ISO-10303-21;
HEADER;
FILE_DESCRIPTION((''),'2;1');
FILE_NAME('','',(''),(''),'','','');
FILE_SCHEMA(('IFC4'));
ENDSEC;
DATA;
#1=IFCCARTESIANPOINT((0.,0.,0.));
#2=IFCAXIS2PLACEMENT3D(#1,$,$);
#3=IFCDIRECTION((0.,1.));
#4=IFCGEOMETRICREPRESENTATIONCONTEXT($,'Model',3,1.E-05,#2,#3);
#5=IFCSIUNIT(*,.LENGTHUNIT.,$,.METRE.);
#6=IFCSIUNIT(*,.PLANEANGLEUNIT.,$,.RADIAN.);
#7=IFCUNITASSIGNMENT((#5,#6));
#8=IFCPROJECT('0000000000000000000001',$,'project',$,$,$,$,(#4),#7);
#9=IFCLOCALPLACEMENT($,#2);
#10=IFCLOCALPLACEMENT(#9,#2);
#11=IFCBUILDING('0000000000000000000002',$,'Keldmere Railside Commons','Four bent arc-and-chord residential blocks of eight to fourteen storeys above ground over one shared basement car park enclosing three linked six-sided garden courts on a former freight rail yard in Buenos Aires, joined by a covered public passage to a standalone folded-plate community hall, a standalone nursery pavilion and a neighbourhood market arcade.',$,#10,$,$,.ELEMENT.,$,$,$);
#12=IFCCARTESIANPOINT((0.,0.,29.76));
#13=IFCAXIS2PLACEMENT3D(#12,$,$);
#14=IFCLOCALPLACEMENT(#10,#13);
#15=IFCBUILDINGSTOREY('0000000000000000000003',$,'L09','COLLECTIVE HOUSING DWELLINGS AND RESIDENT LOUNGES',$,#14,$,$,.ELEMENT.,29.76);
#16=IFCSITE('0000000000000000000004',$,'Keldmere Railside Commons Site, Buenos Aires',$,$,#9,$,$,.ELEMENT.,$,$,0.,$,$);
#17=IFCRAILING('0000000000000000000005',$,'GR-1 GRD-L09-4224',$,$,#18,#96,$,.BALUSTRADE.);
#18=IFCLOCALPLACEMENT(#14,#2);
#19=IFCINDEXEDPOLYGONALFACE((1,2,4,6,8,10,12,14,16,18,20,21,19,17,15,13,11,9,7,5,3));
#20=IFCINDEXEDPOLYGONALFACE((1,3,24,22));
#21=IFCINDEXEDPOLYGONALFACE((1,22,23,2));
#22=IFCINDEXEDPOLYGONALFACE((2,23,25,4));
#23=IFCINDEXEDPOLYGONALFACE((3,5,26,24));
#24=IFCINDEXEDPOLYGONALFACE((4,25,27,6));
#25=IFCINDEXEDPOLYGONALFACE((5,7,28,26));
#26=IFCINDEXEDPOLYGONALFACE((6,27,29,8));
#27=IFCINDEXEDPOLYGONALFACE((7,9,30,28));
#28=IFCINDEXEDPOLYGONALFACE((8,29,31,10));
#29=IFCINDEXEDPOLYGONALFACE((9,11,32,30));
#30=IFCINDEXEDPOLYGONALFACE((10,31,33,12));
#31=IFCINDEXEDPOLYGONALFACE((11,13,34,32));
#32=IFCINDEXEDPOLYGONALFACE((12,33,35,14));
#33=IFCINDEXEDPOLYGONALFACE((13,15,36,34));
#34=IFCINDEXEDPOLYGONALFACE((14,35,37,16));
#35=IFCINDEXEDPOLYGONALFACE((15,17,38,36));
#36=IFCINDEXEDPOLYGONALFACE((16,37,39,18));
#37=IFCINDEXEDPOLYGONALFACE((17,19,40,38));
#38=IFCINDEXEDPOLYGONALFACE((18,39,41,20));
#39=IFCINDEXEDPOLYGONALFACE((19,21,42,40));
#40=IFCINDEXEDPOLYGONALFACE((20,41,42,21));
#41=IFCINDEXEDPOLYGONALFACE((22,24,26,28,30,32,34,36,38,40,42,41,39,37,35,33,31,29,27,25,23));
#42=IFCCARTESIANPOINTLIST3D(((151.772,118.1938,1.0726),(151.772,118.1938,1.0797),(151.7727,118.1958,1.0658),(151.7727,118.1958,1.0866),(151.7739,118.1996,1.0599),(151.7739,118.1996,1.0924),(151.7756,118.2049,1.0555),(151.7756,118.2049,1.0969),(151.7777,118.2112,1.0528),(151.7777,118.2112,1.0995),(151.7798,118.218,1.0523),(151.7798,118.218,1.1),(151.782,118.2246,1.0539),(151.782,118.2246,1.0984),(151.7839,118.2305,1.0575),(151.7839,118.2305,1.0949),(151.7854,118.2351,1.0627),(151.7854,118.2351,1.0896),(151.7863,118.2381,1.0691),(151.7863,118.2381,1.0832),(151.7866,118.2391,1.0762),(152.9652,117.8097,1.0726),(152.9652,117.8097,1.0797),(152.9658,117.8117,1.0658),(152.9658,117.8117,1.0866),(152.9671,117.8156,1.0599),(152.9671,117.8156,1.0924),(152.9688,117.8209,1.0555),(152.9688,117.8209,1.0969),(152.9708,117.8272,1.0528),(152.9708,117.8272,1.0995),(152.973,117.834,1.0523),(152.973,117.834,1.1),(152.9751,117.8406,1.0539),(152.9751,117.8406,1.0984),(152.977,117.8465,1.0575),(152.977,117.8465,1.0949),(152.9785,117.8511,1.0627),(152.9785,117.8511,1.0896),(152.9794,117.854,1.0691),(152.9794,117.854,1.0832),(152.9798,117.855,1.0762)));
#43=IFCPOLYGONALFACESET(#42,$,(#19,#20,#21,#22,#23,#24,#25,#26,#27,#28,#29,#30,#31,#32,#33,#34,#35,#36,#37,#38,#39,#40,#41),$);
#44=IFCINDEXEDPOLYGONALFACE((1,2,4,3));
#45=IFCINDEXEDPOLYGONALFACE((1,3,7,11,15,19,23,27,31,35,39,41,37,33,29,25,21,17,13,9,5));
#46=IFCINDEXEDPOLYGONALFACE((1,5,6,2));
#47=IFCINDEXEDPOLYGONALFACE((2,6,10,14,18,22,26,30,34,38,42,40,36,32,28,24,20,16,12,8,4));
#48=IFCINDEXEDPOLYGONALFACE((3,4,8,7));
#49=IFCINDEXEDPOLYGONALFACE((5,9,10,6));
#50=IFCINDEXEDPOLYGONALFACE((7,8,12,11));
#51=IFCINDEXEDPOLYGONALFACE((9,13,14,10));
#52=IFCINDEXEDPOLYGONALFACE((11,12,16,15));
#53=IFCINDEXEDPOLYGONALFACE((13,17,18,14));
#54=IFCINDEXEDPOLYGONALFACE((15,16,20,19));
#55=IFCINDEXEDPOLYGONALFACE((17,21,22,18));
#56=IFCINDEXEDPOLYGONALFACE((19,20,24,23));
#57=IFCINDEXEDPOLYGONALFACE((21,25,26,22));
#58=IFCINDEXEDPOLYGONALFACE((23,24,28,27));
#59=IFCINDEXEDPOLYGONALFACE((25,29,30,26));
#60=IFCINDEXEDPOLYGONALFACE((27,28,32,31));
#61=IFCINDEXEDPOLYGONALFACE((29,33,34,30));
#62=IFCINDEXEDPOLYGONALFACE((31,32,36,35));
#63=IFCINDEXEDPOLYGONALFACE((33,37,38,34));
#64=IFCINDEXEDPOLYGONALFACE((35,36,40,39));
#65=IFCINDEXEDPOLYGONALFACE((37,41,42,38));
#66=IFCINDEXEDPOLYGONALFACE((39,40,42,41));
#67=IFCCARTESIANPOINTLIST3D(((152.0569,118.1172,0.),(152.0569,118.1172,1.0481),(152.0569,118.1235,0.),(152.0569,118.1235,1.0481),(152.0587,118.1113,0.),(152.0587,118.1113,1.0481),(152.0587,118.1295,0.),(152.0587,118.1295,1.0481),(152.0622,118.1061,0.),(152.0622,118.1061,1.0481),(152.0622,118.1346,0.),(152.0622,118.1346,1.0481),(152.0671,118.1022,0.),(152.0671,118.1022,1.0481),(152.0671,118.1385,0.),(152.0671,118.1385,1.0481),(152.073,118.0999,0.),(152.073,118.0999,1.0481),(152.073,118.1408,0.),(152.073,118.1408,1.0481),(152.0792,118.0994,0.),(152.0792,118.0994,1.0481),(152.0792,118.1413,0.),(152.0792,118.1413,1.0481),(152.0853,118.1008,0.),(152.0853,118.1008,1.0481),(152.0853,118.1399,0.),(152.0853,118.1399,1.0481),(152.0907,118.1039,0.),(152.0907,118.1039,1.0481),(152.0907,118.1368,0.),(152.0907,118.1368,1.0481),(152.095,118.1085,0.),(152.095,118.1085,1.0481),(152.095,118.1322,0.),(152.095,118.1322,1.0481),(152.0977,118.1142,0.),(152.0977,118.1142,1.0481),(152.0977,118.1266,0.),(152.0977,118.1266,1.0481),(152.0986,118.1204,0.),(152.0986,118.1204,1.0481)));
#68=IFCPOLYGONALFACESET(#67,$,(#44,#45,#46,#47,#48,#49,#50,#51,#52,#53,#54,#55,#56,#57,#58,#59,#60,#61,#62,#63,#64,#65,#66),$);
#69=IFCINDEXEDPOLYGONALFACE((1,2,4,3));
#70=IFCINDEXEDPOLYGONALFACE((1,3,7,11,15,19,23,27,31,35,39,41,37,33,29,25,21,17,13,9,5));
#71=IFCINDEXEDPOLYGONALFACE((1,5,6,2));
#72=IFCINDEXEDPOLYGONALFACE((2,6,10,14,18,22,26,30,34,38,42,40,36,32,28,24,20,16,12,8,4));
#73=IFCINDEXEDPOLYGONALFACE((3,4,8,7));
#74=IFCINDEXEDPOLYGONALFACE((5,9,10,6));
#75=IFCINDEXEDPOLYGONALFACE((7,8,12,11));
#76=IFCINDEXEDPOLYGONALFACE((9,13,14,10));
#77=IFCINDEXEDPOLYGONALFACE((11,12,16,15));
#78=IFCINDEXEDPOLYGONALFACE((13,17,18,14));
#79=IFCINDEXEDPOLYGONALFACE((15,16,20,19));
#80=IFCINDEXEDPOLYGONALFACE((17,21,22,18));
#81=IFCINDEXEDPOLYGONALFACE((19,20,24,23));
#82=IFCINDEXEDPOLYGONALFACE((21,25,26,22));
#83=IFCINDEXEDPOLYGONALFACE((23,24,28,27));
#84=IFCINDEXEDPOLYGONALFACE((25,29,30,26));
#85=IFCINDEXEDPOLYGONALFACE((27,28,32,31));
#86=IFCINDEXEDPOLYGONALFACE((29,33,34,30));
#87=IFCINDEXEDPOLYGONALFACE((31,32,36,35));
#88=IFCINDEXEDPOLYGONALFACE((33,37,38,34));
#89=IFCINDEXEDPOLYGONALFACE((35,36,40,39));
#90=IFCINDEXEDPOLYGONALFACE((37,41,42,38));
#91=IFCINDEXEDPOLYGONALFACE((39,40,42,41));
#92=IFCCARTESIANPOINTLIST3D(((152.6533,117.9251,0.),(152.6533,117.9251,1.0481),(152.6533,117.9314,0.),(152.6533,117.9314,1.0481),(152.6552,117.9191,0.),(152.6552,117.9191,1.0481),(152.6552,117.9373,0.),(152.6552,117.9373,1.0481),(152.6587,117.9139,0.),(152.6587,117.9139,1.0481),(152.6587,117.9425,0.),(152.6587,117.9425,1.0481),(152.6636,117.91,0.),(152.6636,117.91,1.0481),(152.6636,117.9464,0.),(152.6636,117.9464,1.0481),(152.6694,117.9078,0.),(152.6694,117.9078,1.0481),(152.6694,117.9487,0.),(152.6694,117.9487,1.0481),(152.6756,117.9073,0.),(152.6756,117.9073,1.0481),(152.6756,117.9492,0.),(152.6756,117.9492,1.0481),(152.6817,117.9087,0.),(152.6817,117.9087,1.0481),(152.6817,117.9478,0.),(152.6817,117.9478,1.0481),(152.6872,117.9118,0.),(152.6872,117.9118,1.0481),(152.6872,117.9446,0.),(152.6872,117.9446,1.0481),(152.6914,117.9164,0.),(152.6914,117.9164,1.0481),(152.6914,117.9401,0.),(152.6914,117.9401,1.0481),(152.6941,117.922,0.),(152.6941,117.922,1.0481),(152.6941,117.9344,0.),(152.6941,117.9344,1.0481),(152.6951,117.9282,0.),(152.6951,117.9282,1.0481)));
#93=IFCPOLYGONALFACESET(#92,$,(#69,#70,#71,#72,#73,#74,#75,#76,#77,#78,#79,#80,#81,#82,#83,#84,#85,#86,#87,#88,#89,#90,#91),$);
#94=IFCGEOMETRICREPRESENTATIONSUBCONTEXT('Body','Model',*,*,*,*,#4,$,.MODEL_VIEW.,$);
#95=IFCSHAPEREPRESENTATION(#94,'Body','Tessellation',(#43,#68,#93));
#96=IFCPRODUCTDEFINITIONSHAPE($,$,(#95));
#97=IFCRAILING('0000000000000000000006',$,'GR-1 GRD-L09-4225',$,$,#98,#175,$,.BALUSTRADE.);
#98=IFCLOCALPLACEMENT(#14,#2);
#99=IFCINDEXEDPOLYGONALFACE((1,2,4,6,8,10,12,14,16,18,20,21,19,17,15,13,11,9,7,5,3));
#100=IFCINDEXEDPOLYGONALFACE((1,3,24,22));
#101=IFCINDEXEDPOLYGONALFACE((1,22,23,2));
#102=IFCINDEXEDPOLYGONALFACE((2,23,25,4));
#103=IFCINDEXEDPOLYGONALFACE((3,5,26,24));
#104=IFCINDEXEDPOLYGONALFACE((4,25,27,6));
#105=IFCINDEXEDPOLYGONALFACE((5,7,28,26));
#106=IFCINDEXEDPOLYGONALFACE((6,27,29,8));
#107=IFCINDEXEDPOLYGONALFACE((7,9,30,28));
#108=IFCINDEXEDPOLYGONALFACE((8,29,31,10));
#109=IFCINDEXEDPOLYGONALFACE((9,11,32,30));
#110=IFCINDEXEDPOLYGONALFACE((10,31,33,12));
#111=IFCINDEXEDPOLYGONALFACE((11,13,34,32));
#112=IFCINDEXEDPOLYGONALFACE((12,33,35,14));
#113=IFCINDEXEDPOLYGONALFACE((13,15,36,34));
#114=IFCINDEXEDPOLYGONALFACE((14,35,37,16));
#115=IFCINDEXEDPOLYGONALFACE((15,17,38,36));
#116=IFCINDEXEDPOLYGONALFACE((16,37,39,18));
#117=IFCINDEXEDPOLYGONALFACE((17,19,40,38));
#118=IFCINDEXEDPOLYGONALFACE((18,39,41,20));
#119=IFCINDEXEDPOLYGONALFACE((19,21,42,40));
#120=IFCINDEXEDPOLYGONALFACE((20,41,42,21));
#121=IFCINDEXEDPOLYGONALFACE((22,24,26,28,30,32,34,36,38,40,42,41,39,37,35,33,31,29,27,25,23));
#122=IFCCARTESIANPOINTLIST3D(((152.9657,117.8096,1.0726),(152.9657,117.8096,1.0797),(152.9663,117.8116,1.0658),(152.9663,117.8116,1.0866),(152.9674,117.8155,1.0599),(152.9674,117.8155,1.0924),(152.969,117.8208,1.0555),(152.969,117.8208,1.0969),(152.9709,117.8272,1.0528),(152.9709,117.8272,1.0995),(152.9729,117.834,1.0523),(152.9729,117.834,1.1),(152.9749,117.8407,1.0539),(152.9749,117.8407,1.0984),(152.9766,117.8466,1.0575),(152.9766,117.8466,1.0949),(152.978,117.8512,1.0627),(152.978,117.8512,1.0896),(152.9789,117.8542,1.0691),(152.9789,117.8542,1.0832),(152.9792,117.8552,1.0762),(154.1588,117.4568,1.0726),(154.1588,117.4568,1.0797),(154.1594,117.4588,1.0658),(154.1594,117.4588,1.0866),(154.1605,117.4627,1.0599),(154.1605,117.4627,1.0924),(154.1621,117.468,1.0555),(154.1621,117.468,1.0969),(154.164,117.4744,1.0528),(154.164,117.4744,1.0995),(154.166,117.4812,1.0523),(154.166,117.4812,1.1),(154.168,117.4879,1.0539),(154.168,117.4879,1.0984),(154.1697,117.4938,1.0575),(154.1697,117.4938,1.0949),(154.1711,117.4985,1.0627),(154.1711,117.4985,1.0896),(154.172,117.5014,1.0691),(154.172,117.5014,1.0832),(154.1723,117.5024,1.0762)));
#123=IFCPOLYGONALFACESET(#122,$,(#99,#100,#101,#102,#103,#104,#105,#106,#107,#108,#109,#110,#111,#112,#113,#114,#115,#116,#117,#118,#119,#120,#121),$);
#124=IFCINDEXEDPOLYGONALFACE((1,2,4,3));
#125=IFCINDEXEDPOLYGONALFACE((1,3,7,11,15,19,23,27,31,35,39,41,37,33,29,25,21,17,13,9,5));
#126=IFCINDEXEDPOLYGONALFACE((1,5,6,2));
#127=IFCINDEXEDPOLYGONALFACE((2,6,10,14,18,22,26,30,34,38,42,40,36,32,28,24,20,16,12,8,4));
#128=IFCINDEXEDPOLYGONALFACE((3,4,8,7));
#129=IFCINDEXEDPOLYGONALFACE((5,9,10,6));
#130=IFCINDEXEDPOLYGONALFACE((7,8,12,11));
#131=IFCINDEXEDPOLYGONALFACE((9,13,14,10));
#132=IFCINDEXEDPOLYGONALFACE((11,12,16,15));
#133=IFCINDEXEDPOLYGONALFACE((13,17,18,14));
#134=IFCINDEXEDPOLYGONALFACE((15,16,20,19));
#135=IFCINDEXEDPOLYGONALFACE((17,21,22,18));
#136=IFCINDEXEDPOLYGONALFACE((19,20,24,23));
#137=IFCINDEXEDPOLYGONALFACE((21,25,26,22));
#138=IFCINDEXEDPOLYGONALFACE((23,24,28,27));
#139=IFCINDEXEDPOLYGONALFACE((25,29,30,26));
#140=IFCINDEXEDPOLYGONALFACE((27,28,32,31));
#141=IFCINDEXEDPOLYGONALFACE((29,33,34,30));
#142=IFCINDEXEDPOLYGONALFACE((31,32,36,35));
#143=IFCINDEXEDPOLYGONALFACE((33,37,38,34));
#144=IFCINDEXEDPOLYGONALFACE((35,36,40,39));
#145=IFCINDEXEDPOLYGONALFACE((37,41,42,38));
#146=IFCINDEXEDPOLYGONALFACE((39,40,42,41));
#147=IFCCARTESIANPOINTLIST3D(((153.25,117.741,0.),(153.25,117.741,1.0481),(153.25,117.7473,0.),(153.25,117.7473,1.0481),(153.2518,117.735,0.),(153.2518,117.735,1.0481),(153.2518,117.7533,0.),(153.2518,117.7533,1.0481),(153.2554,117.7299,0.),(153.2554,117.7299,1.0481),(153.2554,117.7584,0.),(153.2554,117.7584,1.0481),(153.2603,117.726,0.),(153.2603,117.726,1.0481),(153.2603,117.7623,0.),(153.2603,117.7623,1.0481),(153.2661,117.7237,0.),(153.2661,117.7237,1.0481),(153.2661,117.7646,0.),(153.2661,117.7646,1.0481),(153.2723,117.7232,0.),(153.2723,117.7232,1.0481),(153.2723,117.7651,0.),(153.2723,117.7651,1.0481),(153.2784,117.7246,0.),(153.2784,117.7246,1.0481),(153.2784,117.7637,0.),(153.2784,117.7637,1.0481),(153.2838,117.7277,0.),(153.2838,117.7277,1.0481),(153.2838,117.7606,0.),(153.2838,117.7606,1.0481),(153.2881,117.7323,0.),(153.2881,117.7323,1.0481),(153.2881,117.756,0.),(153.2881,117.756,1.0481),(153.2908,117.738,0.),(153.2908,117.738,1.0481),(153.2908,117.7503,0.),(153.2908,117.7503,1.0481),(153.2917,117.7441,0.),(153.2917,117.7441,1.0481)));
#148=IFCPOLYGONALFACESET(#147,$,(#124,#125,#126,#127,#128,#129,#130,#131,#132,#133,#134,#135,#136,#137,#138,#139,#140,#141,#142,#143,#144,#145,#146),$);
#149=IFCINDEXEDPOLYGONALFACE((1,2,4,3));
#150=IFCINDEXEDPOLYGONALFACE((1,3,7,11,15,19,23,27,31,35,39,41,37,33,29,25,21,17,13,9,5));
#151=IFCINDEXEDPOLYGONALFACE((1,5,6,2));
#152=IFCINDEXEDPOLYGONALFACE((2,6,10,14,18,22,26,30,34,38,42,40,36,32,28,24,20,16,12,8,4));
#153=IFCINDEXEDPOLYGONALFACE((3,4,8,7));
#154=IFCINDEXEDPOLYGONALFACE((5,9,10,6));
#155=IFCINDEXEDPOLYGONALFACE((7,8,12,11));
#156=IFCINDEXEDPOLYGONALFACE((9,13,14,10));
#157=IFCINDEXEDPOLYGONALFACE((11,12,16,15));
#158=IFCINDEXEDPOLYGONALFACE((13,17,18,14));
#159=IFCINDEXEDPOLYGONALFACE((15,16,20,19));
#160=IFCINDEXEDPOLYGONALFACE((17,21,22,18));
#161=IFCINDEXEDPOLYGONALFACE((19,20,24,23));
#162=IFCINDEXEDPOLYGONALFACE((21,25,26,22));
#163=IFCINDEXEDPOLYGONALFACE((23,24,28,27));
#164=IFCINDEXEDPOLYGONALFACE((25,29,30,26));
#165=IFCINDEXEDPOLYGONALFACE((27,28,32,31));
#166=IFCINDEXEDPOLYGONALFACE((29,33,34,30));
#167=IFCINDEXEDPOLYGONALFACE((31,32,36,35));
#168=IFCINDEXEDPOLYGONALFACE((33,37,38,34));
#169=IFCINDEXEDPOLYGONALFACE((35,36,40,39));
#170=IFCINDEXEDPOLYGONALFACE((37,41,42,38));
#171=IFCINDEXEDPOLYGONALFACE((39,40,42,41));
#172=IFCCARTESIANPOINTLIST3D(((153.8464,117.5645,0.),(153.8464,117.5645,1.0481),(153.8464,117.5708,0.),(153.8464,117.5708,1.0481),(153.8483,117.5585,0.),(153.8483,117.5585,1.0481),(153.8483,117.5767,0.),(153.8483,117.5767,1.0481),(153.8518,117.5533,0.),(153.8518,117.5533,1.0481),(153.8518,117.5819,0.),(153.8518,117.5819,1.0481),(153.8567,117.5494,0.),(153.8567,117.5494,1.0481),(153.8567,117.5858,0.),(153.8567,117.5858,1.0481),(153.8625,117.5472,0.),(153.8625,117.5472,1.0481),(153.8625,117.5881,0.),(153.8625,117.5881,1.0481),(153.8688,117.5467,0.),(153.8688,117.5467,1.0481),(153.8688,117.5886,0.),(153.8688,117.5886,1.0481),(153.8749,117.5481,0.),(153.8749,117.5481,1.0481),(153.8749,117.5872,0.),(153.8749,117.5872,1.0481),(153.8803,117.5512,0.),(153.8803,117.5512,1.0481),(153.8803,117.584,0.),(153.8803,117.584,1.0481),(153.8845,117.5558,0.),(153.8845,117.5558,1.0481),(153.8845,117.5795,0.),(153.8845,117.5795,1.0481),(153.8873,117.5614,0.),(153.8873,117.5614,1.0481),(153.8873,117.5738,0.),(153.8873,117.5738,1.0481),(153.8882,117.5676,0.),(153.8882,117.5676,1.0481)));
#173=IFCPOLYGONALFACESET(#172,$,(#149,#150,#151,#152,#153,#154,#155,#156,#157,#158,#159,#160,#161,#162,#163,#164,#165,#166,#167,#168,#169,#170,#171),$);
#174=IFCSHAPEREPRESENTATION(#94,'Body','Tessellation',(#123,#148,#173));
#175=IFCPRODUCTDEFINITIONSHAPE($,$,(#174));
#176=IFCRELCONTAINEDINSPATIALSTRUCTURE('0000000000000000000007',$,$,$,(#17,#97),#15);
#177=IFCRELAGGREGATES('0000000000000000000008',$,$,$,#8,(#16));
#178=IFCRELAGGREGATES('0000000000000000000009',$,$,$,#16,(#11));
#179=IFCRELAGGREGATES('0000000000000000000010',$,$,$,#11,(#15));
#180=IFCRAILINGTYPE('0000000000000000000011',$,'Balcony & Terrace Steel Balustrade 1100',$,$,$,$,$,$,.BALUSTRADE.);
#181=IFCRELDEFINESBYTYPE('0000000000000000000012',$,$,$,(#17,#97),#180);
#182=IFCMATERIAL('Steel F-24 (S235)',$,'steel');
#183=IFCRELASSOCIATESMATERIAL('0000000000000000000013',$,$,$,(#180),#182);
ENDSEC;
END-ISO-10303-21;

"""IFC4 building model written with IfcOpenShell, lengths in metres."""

from ifc_helpers import new_model, si_unit, direction, frame, origin, origin_2d, place, context, subcontext, project, spatial, circle, extrude, material, type_object, element, save


model = new_model("IFC4")

# Units and contexts
model_context = context("Model", 3, precision=1e-05, world=origin(), true_north=direction((0.0, 1.0)))
body_context = subcontext(model_context, "Body", "Model", "MODEL_VIEW")
ifc_project = project(units=[si_unit("LENGTHUNIT", "METRE"), si_unit("PLANEANGLEUNIT", "RADIAN")], contexts=[model_context])

# Site, building, storey
site_placement = place(None, origin())
site = spatial("IfcSite", under=ifc_project, at=site_placement, Name="Keldmere Railside Commons Site, Buenos Aires", CompositionType="ELEMENT", RefElevation=0.0)
building_placement = place(site_placement, origin())
building = spatial("IfcBuilding", under=site, at=building_placement, Name="Keldmere Railside Commons", Description="Four bent arc-and-chord residential blocks of eight to fourteen storeys above ground over one shared basement car park enclosing three linked six-sided garden courts on a former freight rail yard in Buenos Aires, joined by a covered public passage to a standalone folded-plate community hall, a standalone nursery pavilion and a neighbourhood market arcade.", CompositionType="ELEMENT")
storey_placement = place(building_placement, frame((0.0, 0.0, 29.76)))
storey = spatial("IfcBuildingStorey", under=building, at=storey_placement, Name="L09", Description="COLLECTIVE HOUSING DWELLINGS AND RESIDENT LOUNGES", CompositionType="ELEMENT", Elevation=29.76)

# Shared definitions
ifc_material_1 = material(Name="Steel F-24 (S235)", Category="steel")

# Railings
railing_type = type_object("IfcRailingType", Name="Balcony & Terrace Steel Balustrade 1100", PredefinedType="BALUSTRADE", material=ifc_material_1)
railing_1_placement = place(storey_placement, frame((151.7793, 118.2163, 0.0)))
element("IfcRailing", 1, at=railing_1_placement, inside=storey, type_object=railing_type, Name="GR-1 GRD-L09-4224", PredefinedType="BALUSTRADE", context=body_context, shape_type="SweptSolid", body=[
    extrude(circle(Radius=0.0239, at=origin_2d()), frame((0.0, 0.0, 1.0762), z_axis=(0.951905, -0.306394, 0.0), x_axis=(0.306394, 0.951905, 0.0)), (0.0, 0.0, 1.0), 1.2534),
    extrude(circle(Radius=0.021, at=origin_2d()), frame((0.2983, -0.0959, 0.0)), (0.0, 0.0, 1.0), 1.0481),
    extrude(circle(Radius=0.021, at=origin_2d()), frame((0.8948, -0.2881, 0.0)), (0.0, 0.0, 1.0), 1.0481),
])
railing_2_placement = place(storey_placement, frame((152.9724, 117.8323, 0.0)))
element("IfcRailing", 2, at=railing_2_placement, inside=storey, type_object=railing_type, Name="GR-1 GRD-L09-4225", PredefinedType="BALUSTRADE", context=body_context, shape_type="SweptSolid", body=[
    extrude(circle(Radius=0.0239, at=origin_2d()), frame((0.0, 0.0, 1.0762), z_axis=(0.958958, -0.283547, 0.0), x_axis=(0.283547, 0.958958, 0.0)), (0.0, 0.0, 1.0), 1.2441),
    extrude(circle(Radius=0.021, at=origin_2d()), frame((0.2983, -0.0881, 0.0)), (0.0, 0.0, 1.0), 1.0481),
    extrude(circle(Radius=0.021, at=origin_2d()), frame((0.8948, -0.2646, 0.0)), (0.0, 0.0, 1.0), 1.0481),
])

save(model, "model.ifc")
